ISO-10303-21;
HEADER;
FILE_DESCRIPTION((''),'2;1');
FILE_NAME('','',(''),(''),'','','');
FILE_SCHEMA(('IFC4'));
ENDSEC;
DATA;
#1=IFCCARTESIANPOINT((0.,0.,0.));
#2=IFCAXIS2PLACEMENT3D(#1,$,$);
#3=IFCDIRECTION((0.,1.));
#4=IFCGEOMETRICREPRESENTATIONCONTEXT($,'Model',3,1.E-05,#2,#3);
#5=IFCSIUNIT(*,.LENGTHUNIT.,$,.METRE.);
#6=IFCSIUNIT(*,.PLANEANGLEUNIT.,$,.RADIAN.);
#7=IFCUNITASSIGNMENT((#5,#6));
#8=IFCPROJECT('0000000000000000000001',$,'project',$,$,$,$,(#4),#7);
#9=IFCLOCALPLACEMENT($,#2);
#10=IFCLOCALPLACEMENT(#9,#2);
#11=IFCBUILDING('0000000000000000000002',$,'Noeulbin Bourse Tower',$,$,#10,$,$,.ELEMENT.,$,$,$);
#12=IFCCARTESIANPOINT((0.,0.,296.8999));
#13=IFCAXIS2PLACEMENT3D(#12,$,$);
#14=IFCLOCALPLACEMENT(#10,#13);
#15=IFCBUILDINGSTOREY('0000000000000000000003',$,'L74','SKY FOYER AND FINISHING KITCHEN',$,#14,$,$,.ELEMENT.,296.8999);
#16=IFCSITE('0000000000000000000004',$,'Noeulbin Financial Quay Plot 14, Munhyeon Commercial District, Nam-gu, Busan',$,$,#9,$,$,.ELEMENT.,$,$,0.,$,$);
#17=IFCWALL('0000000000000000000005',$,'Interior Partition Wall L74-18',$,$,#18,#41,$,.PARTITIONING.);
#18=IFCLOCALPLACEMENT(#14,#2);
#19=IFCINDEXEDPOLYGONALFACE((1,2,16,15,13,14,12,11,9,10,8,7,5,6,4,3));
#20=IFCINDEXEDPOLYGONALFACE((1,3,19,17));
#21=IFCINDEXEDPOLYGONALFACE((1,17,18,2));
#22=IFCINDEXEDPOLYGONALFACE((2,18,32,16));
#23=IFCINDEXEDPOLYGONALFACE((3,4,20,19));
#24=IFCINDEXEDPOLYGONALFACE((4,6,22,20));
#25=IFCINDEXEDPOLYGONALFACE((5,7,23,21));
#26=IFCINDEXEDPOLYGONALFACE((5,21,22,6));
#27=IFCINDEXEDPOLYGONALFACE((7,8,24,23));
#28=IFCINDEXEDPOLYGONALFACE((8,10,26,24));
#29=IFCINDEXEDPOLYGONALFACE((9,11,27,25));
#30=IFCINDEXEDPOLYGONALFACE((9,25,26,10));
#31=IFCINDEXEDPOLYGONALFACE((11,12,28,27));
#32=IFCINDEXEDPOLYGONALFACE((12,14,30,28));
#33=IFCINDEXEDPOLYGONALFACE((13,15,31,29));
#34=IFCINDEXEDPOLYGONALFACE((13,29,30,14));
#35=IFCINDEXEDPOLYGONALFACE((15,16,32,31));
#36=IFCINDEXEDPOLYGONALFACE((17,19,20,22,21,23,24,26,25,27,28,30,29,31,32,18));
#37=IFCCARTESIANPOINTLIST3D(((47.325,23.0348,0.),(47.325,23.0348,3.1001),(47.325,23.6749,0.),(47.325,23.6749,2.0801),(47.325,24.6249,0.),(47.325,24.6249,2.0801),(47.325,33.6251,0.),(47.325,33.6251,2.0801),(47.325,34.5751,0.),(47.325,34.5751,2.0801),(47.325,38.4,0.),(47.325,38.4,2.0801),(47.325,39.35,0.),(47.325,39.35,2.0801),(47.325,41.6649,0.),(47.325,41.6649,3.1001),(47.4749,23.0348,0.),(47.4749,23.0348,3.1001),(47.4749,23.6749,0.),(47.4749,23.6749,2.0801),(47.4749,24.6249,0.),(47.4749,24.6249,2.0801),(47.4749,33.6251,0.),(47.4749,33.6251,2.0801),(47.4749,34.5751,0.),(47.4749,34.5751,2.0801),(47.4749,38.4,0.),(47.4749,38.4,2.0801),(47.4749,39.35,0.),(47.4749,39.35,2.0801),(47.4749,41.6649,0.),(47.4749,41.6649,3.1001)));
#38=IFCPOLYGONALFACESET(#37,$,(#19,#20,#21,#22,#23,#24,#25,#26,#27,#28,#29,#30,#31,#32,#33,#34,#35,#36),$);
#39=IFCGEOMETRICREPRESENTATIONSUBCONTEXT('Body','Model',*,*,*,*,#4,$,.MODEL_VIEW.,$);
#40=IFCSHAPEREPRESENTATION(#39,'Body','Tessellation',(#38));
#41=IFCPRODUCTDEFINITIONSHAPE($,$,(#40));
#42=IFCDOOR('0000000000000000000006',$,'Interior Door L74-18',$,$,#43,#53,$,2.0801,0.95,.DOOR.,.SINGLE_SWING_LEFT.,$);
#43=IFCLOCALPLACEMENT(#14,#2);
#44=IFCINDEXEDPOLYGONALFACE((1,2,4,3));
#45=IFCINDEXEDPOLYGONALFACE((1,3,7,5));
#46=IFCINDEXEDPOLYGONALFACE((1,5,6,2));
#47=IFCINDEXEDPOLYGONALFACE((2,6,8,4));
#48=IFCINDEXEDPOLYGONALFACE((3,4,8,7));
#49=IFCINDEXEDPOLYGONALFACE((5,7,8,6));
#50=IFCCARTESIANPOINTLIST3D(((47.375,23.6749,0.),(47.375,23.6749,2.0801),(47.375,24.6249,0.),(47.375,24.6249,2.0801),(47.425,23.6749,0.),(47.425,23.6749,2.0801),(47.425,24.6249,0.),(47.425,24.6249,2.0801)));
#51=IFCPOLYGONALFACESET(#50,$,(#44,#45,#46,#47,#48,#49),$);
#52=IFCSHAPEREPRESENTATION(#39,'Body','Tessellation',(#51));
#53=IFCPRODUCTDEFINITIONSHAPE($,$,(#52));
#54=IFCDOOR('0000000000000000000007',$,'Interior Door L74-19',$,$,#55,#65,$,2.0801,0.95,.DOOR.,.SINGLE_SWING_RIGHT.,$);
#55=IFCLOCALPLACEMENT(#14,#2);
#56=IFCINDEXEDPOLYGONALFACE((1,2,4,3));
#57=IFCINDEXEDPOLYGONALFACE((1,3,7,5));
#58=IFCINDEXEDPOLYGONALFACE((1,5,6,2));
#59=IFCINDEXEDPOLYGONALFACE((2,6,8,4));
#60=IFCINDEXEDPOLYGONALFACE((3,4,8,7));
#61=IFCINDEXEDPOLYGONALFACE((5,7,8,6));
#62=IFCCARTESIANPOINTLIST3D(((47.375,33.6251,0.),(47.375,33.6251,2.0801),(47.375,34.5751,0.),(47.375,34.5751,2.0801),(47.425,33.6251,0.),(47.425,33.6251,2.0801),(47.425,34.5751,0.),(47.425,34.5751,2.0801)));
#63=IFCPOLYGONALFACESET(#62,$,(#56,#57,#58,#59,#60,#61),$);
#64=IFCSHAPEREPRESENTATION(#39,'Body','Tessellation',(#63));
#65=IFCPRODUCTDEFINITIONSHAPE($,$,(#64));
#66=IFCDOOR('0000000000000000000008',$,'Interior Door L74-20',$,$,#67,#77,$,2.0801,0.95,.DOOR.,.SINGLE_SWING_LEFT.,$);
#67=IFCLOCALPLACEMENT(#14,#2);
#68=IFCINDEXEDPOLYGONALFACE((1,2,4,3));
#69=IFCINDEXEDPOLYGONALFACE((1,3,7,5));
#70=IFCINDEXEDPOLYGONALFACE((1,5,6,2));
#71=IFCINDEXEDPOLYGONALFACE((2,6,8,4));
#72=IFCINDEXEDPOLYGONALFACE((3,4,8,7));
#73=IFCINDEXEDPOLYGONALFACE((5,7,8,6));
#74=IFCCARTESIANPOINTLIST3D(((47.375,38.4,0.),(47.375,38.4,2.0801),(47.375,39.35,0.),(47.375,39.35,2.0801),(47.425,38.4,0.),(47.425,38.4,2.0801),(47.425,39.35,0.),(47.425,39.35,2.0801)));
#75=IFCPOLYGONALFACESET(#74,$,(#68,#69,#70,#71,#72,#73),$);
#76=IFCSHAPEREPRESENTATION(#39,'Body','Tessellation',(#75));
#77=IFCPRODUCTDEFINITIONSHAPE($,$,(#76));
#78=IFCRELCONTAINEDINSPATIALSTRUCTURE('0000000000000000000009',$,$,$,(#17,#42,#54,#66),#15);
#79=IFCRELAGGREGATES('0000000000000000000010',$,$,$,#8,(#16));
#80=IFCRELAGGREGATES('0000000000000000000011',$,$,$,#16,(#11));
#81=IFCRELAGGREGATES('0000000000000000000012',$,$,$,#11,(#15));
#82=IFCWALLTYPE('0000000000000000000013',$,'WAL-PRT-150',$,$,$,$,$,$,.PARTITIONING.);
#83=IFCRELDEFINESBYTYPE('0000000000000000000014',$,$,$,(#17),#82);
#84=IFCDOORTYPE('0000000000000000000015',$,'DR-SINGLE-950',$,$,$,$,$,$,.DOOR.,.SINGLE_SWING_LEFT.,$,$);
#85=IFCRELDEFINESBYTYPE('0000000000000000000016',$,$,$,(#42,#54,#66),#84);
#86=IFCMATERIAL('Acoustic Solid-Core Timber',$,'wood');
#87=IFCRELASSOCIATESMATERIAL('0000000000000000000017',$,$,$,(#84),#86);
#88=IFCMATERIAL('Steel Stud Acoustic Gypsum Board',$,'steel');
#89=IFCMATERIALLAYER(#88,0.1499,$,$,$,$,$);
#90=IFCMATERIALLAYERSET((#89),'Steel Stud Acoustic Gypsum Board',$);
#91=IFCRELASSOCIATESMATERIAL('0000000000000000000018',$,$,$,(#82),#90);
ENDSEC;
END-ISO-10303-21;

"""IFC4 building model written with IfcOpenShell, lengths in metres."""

from ifc_helpers import new_model, si_unit, direction, frame, frame_2d, origin, place, context, subcontext, project, spatial, rectangle, extrude, material, layer, layer_set, type_object, element, fill, save


model = new_model("IFC4")

# Units and contexts
model_context = context("Model", 3, precision=1e-05, world=origin(), true_north=direction((0.0, 1.0)))
body_context = subcontext(model_context, "Body", "Model", "MODEL_VIEW")
ifc_project = project(units=[si_unit("LENGTHUNIT", "METRE"), si_unit("PLANEANGLEUNIT", "RADIAN")], contexts=[model_context])

# Site, building, storey
site_placement = place(None, origin())
site = spatial("IfcSite", under=ifc_project, at=site_placement, Name="Noeulbin Financial Quay Plot 14, Munhyeon Commercial District, Nam-gu, Busan", CompositionType="ELEMENT", RefElevation=0.0)
building_placement = place(site_placement, origin())
building = spatial("IfcBuilding", under=site, at=building_placement, Name="Noeulbin Bourse Tower", CompositionType="ELEMENT")
storey_placement = place(building_placement, frame((0.0, 0.0, 296.8999)))
storey = spatial("IfcBuildingStorey", under=building, at=storey_placement, Name="L74", Description="SKY FOYER AND FINISHING KITCHEN", CompositionType="ELEMENT", Elevation=296.8999)

# Shared definitions
ifc_material_1 = material(Name="Acoustic Solid-Core Timber", Category="wood")
door_type = type_object("IfcDoorType", Name="DR-SINGLE-950", OperationType="SINGLE_SWING_LEFT", PredefinedType="DOOR", material=ifc_material_1)

# Wall, openings, doors
ifc_material_2 = material(Name="Steel Stud Acoustic Gypsum Board", Category="steel")
ifc_layer_1 = layer(ifc_material_2, 0.1499)
ifc_layer_set_1 = layer_set([ifc_layer_1], Name="Steel Stud Acoustic Gypsum Board")
wall_type_1 = type_object("IfcWallType", Name="WAL-PRT-150", PredefinedType="PARTITIONING", material=ifc_layer_set_1)
wall_1_placement = place(storey_placement, frame((47.3999, 23.0349, 0.0), z_axis=(0.0, 0.0, 1.0), x_axis=(0.0, 1.0, 0.0)))
wall_1 = element("IfcWall", 1, at=wall_1_placement, inside=storey, type_object=wall_type_1, Name="Interior Partition Wall L74-18", PredefinedType="PARTITIONING", context=body_context, shape_type="SweptSolid", body=[
    extrude(rectangle(XDim=18.6301, YDim=0.1499, at=frame_2d((9.3149, 0.0))), origin(), (0.0, 0.0, 1.0), 3.1001),
])
opening_1_placement = place(wall_1_placement, frame((0.6399, 0.0, 0.0)))
opening_1 = element("IfcOpeningElement", 2, at=opening_1_placement, cuts=wall_1, PredefinedType="OPENING", context=body_context, shape_type="SweptSolid", body=[
    extrude(rectangle(XDim=0.95, YDim=2.0801, at=frame_2d((0.4751, 1.04))), frame((0.0, 0.085, 0.0), z_axis=(0.0, -1.0, 0.0), x_axis=(1.0, 0.0, 0.0)), (0.0, 0.0, 1.0), 0.1699),
])
opening_2_placement = place(wall_1_placement, frame((10.5901, 0.0, 0.0)))
opening_2 = element("IfcOpeningElement", 3, at=opening_2_placement, cuts=wall_1, PredefinedType="OPENING", context=body_context, shape_type="SweptSolid", body=[
    extrude(rectangle(XDim=0.95, YDim=2.0801, at=frame_2d((0.4751, 1.04))), frame((0.0, 0.085, 0.0), z_axis=(0.0, -1.0, 0.0), x_axis=(1.0, 0.0, 0.0)), (0.0, 0.0, 1.0), 0.1699),
])
opening_3_placement = place(wall_1_placement, frame((15.365, 0.0, 0.0)))
opening_3 = element("IfcOpeningElement", 4, at=opening_3_placement, cuts=wall_1, PredefinedType="OPENING", context=body_context, shape_type="SweptSolid", body=[
    extrude(rectangle(XDim=0.95, YDim=2.0801, at=frame_2d((0.4751, 1.04))), frame((0.0, 0.085, 0.0), z_axis=(0.0, -1.0, 0.0), x_axis=(1.0, 0.0, 0.0)), (0.0, 0.0, 1.0), 0.1699),
])
door_1_placement = place(opening_1_placement, origin())
door_1 = element("IfcDoor", 5, at=door_1_placement, inside=storey, type_object=door_type, Name="Interior Door L74-18", OperationType="SINGLE_SWING_LEFT", OverallHeight=2.0801, OverallWidth=0.95, PredefinedType="DOOR", context=body_context, shape_type="SweptSolid", body=[
    extrude(rectangle(XDim=0.95, YDim=2.0801, at=frame_2d((0.4751, 1.04))), frame((0.0, 0.0249, 0.0), z_axis=(0.0, -1.0, 0.0), x_axis=(1.0, 0.0, 0.0)), (0.0, 0.0, 1.0), 0.05),
])
fill(opening_1, door_1)
door_2_placement = place(opening_2_placement, origin())
door_2 = element("IfcDoor", 6, at=door_2_placement, inside=storey, type_object=door_type, Name="Interior Door L74-19", OperationType="SINGLE_SWING_RIGHT", OverallHeight=2.0801, OverallWidth=0.95, PredefinedType="DOOR", context=body_context, shape_type="SweptSolid", body=[
    extrude(rectangle(XDim=0.95, YDim=2.0801, at=frame_2d((0.4751, 1.04))), frame((0.0, 0.0249, 0.0), z_axis=(0.0, -1.0, 0.0), x_axis=(1.0, 0.0, 0.0)), (0.0, 0.0, 1.0), 0.05),
])
fill(opening_2, door_2)
door_3_placement = place(opening_3_placement, origin())
door_3 = element("IfcDoor", 7, at=door_3_placement, inside=storey, type_object=door_type, Name="Interior Door L74-20", OperationType="SINGLE_SWING_LEFT", OverallHeight=2.0801, OverallWidth=0.95, PredefinedType="DOOR", context=body_context, shape_type="SweptSolid", body=[
    extrude(rectangle(XDim=0.95, YDim=2.0801, at=frame_2d((0.4751, 1.04))), frame((0.0, 0.0249, 0.0), z_axis=(0.0, -1.0, 0.0), x_axis=(1.0, 0.0, 0.0)), (0.0, 0.0, 1.0), 0.05),
])
fill(opening_3, door_3)

save(model, "model.ifc")
